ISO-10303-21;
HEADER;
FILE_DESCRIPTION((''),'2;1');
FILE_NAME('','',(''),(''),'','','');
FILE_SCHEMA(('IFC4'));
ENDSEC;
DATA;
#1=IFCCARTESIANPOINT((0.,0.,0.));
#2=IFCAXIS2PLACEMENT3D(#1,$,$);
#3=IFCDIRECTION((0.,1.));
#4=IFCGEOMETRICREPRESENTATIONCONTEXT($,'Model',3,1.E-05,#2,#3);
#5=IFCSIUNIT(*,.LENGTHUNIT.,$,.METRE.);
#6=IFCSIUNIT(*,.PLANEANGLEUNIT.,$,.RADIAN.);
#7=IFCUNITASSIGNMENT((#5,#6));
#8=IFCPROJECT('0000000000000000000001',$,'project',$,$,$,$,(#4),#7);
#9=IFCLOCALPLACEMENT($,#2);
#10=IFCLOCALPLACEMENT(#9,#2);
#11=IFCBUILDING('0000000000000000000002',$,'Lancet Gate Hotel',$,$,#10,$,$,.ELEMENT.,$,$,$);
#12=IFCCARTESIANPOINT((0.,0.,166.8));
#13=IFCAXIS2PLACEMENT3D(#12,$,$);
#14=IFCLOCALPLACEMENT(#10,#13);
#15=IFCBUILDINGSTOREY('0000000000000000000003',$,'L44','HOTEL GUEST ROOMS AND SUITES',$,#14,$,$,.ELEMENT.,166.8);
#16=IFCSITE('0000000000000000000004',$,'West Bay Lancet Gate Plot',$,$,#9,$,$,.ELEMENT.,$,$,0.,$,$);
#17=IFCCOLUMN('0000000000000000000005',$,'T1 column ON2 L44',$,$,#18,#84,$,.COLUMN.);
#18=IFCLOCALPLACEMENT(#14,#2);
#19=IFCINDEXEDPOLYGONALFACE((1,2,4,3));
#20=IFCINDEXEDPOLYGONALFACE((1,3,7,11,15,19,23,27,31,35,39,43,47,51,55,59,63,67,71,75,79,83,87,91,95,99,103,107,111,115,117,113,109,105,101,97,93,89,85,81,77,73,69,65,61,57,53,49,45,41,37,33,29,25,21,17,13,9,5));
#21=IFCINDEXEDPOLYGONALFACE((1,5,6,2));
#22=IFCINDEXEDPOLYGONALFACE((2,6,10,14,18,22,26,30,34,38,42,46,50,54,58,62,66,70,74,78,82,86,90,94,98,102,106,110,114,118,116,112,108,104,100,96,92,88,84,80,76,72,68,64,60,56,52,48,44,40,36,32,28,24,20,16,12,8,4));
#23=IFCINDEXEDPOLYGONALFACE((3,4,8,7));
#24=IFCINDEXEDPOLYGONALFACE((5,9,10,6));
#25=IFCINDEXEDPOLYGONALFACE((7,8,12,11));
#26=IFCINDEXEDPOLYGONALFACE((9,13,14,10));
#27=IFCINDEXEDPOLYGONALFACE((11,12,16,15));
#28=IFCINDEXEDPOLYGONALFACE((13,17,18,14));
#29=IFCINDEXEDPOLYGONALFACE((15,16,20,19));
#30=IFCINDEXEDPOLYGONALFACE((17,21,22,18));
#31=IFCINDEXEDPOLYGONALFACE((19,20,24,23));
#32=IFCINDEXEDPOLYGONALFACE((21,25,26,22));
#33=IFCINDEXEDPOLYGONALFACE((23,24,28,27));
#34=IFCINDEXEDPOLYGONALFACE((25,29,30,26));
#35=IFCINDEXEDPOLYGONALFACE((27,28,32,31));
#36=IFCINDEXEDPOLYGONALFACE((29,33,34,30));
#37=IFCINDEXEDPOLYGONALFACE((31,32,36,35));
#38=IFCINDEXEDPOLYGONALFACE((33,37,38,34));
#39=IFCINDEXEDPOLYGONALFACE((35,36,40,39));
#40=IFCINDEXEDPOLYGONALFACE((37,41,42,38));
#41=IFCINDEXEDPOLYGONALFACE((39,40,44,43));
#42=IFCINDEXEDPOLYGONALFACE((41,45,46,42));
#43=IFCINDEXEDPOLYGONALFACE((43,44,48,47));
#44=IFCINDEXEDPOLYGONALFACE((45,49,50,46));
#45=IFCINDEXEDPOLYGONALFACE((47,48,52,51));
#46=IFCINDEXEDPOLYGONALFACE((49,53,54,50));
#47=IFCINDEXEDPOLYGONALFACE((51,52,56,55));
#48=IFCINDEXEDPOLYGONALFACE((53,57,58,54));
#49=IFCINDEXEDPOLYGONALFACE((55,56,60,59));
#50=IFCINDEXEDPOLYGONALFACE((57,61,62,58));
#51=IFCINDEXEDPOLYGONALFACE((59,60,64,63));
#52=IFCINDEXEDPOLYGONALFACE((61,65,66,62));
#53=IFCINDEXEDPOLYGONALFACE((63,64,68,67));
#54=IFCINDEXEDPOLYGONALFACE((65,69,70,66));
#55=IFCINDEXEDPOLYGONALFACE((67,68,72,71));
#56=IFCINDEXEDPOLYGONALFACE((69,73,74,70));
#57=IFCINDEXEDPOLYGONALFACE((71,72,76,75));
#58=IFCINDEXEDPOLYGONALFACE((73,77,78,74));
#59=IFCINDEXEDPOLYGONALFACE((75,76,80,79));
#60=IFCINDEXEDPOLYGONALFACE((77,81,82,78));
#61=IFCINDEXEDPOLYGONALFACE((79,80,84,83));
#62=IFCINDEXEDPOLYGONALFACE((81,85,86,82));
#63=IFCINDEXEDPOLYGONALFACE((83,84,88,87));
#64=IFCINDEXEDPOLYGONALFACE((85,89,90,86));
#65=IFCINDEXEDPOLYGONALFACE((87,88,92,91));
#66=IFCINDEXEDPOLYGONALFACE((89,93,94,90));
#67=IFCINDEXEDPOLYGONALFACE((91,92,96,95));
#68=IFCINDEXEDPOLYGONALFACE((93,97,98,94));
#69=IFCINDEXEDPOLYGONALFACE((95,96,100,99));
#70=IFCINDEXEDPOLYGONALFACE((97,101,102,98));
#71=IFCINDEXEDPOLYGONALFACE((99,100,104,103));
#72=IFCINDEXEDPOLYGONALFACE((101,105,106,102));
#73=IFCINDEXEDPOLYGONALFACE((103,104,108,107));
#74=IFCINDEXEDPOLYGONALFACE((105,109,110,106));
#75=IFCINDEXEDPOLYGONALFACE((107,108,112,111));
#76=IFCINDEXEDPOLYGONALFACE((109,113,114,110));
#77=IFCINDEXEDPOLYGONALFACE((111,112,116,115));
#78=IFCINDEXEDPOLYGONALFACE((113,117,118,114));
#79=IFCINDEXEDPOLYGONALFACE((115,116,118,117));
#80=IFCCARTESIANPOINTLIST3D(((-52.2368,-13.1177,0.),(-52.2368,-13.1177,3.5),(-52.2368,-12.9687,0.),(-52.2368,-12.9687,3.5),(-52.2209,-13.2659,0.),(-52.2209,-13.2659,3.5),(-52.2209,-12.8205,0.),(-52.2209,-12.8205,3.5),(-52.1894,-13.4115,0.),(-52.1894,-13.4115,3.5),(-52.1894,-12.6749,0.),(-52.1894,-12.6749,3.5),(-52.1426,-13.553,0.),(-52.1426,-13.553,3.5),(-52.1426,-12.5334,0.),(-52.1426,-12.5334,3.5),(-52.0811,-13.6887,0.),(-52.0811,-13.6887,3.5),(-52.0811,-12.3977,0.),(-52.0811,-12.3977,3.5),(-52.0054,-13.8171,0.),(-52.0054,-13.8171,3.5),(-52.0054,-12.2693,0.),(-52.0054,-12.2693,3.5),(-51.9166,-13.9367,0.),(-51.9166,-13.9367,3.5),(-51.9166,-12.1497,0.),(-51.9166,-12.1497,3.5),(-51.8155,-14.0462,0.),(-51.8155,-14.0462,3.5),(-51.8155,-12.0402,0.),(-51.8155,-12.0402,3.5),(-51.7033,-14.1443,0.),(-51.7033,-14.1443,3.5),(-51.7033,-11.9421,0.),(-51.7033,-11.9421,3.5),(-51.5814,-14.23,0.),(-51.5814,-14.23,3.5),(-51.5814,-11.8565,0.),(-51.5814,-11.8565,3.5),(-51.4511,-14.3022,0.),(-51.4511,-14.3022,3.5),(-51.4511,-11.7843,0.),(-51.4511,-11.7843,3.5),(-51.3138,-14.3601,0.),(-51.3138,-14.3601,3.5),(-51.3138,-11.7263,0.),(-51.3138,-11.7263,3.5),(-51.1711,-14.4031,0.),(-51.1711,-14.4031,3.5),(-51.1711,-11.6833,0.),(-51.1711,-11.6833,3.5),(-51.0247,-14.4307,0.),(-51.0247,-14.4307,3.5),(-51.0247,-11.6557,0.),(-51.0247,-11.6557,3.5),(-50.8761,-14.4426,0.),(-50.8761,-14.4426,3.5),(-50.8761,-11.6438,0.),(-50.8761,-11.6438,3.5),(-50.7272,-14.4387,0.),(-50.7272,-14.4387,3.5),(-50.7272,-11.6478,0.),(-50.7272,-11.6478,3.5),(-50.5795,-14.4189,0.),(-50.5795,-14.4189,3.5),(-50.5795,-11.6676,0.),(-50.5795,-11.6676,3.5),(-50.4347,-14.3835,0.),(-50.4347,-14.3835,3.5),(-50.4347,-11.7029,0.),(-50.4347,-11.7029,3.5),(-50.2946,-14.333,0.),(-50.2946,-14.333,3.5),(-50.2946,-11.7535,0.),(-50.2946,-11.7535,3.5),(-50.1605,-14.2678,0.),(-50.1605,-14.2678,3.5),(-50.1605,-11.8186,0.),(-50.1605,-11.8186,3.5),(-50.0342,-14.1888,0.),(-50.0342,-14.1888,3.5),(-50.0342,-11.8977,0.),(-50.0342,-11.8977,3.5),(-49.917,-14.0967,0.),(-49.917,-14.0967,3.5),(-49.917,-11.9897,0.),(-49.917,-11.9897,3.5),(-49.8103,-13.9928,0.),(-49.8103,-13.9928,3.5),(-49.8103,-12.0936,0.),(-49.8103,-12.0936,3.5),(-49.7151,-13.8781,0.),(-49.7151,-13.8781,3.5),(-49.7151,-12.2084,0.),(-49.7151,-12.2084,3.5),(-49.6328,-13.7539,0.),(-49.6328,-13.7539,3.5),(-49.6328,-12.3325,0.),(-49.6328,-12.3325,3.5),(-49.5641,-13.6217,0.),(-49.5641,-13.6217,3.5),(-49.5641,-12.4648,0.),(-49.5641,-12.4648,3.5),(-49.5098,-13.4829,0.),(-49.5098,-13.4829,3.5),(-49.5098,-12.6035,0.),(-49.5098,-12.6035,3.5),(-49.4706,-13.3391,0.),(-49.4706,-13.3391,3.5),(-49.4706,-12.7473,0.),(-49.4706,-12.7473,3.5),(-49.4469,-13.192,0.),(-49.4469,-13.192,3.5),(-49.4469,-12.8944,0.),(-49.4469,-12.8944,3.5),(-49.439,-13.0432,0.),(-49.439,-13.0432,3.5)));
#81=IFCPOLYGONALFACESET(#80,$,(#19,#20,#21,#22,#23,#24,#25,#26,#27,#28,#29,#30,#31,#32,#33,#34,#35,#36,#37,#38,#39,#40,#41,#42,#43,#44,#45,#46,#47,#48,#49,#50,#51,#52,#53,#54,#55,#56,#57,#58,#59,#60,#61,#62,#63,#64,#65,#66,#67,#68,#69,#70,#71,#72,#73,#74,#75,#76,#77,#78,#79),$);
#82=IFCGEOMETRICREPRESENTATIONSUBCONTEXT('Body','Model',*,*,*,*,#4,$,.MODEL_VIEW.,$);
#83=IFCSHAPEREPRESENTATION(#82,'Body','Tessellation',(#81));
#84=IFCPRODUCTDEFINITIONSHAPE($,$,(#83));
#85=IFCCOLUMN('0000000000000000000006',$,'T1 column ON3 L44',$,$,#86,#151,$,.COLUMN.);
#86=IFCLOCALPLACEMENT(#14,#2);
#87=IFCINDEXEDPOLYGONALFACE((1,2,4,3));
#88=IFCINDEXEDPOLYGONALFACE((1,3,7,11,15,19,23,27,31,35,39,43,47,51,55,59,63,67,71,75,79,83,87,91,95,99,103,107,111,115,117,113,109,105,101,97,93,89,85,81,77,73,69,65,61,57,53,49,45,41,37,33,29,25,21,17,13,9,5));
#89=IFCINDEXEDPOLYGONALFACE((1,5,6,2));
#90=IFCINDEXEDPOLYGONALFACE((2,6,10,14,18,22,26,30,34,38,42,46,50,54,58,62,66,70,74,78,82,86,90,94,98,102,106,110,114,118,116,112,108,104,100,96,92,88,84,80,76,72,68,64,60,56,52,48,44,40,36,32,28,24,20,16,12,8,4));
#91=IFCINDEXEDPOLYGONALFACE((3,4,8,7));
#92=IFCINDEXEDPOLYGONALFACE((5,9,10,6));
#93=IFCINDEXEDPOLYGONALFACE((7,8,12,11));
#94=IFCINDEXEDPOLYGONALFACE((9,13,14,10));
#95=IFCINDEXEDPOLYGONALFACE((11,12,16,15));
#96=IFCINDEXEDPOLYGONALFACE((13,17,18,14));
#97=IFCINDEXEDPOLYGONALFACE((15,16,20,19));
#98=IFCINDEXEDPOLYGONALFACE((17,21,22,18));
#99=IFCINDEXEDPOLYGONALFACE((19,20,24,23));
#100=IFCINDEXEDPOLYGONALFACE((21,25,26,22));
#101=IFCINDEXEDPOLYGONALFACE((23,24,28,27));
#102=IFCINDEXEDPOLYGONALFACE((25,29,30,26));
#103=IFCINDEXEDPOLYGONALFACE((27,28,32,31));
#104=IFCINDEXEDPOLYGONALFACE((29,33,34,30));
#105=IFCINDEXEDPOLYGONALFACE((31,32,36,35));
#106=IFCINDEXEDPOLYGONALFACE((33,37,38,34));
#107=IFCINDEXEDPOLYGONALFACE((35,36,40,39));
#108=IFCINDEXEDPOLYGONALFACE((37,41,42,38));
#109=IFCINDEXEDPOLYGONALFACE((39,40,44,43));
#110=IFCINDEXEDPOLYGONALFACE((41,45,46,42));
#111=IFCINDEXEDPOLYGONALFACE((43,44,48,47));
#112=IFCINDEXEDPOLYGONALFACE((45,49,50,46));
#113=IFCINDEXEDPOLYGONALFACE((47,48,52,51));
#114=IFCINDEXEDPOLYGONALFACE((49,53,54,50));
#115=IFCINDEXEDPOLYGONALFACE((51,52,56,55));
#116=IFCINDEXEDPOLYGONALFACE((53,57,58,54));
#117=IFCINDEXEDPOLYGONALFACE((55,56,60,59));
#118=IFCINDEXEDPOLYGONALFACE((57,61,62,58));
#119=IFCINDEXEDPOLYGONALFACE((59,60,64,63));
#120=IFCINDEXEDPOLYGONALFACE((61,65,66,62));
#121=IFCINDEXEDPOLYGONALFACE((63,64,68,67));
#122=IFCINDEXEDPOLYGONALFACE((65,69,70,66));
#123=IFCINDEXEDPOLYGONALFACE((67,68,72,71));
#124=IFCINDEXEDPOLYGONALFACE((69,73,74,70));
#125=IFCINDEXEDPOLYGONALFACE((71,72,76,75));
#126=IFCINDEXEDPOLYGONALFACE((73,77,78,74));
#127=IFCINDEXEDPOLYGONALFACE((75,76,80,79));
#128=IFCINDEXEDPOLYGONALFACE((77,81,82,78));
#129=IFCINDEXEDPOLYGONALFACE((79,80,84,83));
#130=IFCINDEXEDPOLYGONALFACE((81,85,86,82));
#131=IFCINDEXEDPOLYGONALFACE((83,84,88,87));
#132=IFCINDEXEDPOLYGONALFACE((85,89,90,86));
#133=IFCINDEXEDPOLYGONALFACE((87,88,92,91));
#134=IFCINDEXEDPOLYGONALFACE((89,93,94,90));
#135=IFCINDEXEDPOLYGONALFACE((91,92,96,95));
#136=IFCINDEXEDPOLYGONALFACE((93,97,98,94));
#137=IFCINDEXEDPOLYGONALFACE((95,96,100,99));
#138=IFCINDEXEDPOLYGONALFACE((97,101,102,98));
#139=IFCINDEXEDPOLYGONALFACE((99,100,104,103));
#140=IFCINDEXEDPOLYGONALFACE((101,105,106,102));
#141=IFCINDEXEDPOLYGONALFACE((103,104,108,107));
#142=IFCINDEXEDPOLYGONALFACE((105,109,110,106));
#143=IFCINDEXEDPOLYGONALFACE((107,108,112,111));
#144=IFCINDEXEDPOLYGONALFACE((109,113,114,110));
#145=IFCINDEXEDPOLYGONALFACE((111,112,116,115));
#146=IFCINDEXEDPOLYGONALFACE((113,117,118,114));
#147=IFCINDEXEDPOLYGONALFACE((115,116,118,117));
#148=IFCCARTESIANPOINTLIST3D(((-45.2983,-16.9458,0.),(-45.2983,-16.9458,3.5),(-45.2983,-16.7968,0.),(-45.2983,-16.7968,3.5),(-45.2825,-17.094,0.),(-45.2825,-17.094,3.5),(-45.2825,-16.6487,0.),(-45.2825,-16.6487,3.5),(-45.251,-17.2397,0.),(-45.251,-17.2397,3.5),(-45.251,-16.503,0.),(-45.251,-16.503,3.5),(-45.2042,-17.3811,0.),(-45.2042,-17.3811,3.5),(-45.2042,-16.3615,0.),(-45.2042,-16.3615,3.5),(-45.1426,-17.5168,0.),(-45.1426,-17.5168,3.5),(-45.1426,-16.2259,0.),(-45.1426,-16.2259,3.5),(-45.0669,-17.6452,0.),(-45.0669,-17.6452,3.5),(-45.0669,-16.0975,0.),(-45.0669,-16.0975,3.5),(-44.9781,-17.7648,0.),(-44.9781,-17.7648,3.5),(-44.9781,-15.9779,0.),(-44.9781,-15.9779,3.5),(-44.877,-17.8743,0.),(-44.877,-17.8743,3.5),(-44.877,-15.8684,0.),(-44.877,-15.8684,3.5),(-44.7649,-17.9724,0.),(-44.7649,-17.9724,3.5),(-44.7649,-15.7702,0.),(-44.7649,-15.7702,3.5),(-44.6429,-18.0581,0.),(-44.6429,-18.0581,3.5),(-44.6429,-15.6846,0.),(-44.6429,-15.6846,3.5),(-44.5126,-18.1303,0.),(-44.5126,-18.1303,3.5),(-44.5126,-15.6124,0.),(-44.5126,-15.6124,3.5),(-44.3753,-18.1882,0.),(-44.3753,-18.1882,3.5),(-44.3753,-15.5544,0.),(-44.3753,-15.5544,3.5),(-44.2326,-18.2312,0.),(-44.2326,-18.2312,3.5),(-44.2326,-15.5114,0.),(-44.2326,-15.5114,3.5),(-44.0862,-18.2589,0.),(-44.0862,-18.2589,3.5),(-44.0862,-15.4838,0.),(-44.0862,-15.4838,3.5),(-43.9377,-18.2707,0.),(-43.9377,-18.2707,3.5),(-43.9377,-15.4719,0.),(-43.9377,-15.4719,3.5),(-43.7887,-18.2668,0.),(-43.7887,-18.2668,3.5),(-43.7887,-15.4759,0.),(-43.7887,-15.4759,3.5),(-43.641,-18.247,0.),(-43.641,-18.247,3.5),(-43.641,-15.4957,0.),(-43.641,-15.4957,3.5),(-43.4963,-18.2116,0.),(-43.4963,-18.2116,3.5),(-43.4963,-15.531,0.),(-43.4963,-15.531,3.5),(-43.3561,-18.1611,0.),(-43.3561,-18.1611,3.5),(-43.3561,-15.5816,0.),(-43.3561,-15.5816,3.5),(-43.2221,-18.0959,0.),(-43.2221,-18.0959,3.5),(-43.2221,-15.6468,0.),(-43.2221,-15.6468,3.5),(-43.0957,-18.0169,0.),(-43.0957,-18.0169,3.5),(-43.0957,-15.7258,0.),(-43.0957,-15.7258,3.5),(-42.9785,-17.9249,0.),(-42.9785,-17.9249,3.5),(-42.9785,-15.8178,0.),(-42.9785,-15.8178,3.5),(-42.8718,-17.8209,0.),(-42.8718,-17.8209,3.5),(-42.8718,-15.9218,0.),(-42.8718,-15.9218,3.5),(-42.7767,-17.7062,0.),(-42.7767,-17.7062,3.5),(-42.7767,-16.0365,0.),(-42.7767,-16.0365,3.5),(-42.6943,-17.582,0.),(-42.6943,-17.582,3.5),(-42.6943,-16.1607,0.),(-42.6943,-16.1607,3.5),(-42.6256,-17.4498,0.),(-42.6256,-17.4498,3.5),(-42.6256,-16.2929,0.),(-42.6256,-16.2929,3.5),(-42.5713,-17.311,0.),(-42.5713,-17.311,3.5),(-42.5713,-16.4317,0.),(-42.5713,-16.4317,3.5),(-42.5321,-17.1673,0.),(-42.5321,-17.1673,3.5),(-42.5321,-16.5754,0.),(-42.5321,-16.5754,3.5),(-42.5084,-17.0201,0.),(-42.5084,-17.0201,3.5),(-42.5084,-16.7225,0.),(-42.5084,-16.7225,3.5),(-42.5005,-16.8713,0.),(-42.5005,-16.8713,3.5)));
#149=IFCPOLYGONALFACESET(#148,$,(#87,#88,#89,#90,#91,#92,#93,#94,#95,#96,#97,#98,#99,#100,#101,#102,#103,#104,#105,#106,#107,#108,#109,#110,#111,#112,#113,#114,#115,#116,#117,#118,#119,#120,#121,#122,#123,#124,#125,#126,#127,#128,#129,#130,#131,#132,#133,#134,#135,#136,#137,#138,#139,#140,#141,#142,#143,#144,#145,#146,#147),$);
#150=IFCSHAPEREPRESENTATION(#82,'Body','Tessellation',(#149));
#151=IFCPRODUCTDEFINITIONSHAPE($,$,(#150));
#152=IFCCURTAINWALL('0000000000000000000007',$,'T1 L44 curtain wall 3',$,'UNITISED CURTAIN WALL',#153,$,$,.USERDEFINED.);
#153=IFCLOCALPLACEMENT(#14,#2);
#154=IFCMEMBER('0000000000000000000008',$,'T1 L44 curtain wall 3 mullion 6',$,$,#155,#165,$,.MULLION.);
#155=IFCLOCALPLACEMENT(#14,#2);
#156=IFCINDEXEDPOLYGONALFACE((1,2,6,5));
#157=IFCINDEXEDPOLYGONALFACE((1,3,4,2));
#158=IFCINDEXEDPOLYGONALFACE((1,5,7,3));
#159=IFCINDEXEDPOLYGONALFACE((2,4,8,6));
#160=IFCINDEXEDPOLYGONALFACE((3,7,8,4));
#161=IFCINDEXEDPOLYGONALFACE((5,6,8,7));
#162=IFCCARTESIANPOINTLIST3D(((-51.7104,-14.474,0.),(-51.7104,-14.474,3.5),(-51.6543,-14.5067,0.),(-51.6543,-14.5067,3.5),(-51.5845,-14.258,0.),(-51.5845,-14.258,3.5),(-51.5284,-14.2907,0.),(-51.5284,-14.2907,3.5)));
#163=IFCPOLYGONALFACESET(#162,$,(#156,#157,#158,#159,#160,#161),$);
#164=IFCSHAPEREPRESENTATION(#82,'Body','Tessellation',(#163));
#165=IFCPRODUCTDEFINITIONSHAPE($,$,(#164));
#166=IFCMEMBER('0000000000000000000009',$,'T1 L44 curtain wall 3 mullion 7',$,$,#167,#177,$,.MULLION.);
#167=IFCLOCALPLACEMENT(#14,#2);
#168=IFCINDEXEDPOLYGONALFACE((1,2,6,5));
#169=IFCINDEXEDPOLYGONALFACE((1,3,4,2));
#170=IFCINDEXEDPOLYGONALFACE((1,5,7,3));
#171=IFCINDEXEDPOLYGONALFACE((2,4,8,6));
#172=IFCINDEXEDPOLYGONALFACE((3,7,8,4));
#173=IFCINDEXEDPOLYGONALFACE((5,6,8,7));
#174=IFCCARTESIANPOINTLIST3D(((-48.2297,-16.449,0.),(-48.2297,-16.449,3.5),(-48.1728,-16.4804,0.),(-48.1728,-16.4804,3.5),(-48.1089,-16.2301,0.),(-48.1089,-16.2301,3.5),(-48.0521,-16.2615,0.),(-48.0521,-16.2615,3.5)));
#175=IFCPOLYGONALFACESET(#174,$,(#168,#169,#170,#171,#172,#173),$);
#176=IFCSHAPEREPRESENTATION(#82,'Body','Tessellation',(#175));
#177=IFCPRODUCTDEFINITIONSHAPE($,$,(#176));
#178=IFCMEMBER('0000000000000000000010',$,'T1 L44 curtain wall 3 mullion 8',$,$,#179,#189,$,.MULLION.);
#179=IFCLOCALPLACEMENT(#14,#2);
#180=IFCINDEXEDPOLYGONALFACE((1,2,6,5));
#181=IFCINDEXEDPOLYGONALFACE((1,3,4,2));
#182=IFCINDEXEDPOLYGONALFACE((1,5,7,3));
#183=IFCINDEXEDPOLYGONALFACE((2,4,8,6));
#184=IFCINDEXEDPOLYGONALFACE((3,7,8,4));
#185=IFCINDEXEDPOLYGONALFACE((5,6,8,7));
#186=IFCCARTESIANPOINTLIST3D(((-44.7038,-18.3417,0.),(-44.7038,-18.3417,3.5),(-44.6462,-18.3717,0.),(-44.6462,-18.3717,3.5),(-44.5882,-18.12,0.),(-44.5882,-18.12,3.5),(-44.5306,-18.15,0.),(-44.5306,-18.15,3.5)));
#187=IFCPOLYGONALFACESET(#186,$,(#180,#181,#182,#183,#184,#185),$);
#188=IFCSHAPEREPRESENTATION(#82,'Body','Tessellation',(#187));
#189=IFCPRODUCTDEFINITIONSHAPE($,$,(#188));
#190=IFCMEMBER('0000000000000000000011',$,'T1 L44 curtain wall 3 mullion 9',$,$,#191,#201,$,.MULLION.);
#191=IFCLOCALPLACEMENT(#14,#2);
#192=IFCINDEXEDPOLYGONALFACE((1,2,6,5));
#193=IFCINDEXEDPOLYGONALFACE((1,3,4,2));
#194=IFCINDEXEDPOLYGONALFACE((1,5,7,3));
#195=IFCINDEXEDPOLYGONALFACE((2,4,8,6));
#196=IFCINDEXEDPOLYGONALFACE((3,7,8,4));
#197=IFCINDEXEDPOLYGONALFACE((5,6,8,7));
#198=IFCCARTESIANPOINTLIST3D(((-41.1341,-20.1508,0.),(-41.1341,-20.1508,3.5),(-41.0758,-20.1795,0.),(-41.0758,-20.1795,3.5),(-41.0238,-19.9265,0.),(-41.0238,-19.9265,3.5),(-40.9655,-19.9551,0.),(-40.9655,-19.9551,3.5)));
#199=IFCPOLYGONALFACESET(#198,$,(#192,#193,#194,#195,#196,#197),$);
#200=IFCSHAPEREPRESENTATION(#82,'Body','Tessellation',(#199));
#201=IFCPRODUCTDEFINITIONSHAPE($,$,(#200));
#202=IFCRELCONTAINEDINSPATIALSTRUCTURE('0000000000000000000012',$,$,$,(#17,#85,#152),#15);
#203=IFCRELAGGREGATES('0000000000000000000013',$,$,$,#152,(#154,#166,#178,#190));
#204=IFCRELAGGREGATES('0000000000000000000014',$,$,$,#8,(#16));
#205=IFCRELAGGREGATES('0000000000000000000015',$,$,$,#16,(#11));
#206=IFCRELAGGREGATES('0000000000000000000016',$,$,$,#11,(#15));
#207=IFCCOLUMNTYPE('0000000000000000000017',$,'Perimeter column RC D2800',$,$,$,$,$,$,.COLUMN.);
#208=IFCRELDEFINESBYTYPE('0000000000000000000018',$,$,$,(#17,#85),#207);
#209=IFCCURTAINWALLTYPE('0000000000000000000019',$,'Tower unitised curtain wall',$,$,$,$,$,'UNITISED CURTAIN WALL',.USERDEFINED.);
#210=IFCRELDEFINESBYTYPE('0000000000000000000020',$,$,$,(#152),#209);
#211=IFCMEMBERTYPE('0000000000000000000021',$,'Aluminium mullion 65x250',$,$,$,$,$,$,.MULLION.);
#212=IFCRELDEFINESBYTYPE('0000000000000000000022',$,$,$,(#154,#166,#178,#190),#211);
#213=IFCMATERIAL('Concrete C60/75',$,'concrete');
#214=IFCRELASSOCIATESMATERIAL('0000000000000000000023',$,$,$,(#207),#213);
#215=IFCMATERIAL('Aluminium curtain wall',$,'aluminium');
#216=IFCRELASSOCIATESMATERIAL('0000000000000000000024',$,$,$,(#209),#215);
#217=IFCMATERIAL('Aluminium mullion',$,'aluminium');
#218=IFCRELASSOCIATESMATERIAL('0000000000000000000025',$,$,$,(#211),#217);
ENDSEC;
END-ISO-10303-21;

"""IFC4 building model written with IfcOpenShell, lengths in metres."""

from ifc_helpers import new_model, si_unit, direction, frame, origin, origin_2d, place, context, subcontext, project, spatial, rectangle, circle, extrude, material, material_profile, profile_set, type_object, element, aggregate, save


model = new_model("IFC4")

# Units and contexts
model_context = context("Model", 3, precision=1e-05, world=origin(), true_north=direction((0.0, 1.0)))
body_context = subcontext(model_context, "Body", "Model", "MODEL_VIEW")
ifc_project = project(units=[si_unit("LENGTHUNIT", "METRE"), si_unit("PLANEANGLEUNIT", "RADIAN")], contexts=[model_context])

# Site, building, storey
site_placement = place(None, origin())
site = spatial("IfcSite", under=ifc_project, at=site_placement, Name="West Bay Lancet Gate Plot", CompositionType="ELEMENT", RefElevation=0.0)
building_placement = place(site_placement, origin())
building = spatial("IfcBuilding", under=site, at=building_placement, Name="Lancet Gate Hotel", CompositionType="ELEMENT")
storey_placement = place(building_placement, frame((0.0, 0.0, 166.8)))
storey = spatial("IfcBuildingStorey", under=building, at=storey_placement, Name="L44", Description="HOTEL GUEST ROOMS AND SUITES", CompositionType="ELEMENT", Elevation=166.8)

# Columns
ifc_material_1 = material(Name="Concrete C60/75", Category="concrete")
ifc_material_profile_1 = material_profile(ifc_material_1, circle(Radius=1.3999, at=origin_2d()), Name="RC D2800")
ifc_profile_set_1 = profile_set([ifc_material_profile_1], Name="Concrete C60/75")
column_type = type_object("IfcColumnType", Name="Perimeter column RC D2800", PredefinedType="COLUMN", material=ifc_profile_set_1)
for number, where, z_axis, x_axis, name in (
    (1, (-50.8389, -13.0432, 0.0), (0.0, 0.0, 1.0), (1.0, 0.0, 0.0), "T1 column ON2 L44"),
    (2, (-43.9004, -16.8713, 0.0), (0.0, 0.0, 1.0), (1.0, 0.0, 0.0), "T1 column ON3 L44"),
):
    element("IfcColumn", number, at=place(storey_placement, frame(where, z_axis=z_axis, x_axis=x_axis)), inside=storey, type_object=column_type, Name=name, PredefinedType="COLUMN", context=body_context, shape_type="SweptSolid", body=[
        extrude(circle(Radius=1.3999, at=origin_2d()), origin(), (0.0, 0.0, 1.0), 3.5),
    ])

# Curtain wall, members
ifc_material_2 = material(Name="Aluminium curtain wall", Category="aluminium")
curtain_wall_type = type_object("IfcCurtainWallType", Name="Tower unitised curtain wall", ElementType="UNITISED CURTAIN WALL", PredefinedType="USERDEFINED", material=ifc_material_2)
curtain_wall_placement = place(storey_placement, origin())
curtain_wall = element("IfcCurtainWall", 3, at=curtain_wall_placement, inside=storey, type_object=curtain_wall_type, Name="T1 L44 curtain wall 3", ObjectType="UNITISED CURTAIN WALL", PredefinedType="USERDEFINED")
ifc_material_3 = material(Name="Aluminium mullion", Category="aluminium")
ifc_material_profile_2 = material_profile(ifc_material_3, rectangle(XDim=0.0649, YDim=0.25, at=origin_2d()), Name="MULLION 65x250")
ifc_profile_set_2 = profile_set([ifc_material_profile_2], Name="Aluminium mullion")
member_type_1 = type_object("IfcMemberType", Name="Aluminium mullion 65x250", PredefinedType="MULLION", material=ifc_profile_set_2)
member_1_placement = place(storey_placement, frame((-51.6194, -14.3823, 0.0), z_axis=(0.0, 0.0, 1.0), x_axis=(0.863969, -0.503545, 0.0)))
member_1 = element("IfcMember", 4, at=member_1_placement, type_object=member_type_1, Name="T1 L44 curtain wall 3 mullion 6", PredefinedType="MULLION", context=body_context, shape_type="SweptSolid", body=[
    extrude(rectangle(XDim=0.0649, YDim=0.25, at=origin_2d()), origin(), (0.0, 0.0, 1.0), 3.5),
])
member_2_placement = place(storey_placement, frame((-48.1409, -16.3552, 0.0), z_axis=(0.0, 0.0, 1.0), x_axis=(0.875574, -0.483084, 0.0)))
member_2 = element("IfcMember", 5, at=member_2_placement, type_object=member_type_1, Name="T1 L44 curtain wall 3 mullion 7", PredefinedType="MULLION", context=body_context, shape_type="SweptSolid", body=[
    extrude(rectangle(XDim=0.0649, YDim=0.25, at=origin_2d()), origin(), (0.0, 0.0, 1.0), 3.5),
])
member_3_placement = place(storey_placement, frame((-44.6172, -18.2458, 0.0), z_axis=(0.0, 0.0, 1.0), x_axis=(0.886694, -0.462356, 0.0)))
member_3 = element("IfcMember", 6, at=member_3_placement, type_object=member_type_1, Name="T1 L44 curtain wall 3 mullion 8", PredefinedType="MULLION", context=body_context, shape_type="SweptSolid", body=[
    extrude(rectangle(XDim=0.0649, YDim=0.25, at=origin_2d()), origin(), (0.0, 0.0, 1.0), 3.5),
])
member_4_placement = place(storey_placement, frame((-41.0498, -20.053, 0.0), z_axis=(0.0, 0.0, 1.0), x_axis=(0.897324, -0.441372, 0.0)))
member_4 = element("IfcMember", 7, at=member_4_placement, type_object=member_type_1, Name="T1 L44 curtain wall 3 mullion 9", PredefinedType="MULLION", context=body_context, shape_type="SweptSolid", body=[
    extrude(rectangle(XDim=0.0649, YDim=0.25, at=origin_2d()), origin(), (0.0, 0.0, 1.0), 3.5),
])

aggregate(curtain_wall, [member_1, member_2, member_3, member_4])

save(model, "model.ifc")
